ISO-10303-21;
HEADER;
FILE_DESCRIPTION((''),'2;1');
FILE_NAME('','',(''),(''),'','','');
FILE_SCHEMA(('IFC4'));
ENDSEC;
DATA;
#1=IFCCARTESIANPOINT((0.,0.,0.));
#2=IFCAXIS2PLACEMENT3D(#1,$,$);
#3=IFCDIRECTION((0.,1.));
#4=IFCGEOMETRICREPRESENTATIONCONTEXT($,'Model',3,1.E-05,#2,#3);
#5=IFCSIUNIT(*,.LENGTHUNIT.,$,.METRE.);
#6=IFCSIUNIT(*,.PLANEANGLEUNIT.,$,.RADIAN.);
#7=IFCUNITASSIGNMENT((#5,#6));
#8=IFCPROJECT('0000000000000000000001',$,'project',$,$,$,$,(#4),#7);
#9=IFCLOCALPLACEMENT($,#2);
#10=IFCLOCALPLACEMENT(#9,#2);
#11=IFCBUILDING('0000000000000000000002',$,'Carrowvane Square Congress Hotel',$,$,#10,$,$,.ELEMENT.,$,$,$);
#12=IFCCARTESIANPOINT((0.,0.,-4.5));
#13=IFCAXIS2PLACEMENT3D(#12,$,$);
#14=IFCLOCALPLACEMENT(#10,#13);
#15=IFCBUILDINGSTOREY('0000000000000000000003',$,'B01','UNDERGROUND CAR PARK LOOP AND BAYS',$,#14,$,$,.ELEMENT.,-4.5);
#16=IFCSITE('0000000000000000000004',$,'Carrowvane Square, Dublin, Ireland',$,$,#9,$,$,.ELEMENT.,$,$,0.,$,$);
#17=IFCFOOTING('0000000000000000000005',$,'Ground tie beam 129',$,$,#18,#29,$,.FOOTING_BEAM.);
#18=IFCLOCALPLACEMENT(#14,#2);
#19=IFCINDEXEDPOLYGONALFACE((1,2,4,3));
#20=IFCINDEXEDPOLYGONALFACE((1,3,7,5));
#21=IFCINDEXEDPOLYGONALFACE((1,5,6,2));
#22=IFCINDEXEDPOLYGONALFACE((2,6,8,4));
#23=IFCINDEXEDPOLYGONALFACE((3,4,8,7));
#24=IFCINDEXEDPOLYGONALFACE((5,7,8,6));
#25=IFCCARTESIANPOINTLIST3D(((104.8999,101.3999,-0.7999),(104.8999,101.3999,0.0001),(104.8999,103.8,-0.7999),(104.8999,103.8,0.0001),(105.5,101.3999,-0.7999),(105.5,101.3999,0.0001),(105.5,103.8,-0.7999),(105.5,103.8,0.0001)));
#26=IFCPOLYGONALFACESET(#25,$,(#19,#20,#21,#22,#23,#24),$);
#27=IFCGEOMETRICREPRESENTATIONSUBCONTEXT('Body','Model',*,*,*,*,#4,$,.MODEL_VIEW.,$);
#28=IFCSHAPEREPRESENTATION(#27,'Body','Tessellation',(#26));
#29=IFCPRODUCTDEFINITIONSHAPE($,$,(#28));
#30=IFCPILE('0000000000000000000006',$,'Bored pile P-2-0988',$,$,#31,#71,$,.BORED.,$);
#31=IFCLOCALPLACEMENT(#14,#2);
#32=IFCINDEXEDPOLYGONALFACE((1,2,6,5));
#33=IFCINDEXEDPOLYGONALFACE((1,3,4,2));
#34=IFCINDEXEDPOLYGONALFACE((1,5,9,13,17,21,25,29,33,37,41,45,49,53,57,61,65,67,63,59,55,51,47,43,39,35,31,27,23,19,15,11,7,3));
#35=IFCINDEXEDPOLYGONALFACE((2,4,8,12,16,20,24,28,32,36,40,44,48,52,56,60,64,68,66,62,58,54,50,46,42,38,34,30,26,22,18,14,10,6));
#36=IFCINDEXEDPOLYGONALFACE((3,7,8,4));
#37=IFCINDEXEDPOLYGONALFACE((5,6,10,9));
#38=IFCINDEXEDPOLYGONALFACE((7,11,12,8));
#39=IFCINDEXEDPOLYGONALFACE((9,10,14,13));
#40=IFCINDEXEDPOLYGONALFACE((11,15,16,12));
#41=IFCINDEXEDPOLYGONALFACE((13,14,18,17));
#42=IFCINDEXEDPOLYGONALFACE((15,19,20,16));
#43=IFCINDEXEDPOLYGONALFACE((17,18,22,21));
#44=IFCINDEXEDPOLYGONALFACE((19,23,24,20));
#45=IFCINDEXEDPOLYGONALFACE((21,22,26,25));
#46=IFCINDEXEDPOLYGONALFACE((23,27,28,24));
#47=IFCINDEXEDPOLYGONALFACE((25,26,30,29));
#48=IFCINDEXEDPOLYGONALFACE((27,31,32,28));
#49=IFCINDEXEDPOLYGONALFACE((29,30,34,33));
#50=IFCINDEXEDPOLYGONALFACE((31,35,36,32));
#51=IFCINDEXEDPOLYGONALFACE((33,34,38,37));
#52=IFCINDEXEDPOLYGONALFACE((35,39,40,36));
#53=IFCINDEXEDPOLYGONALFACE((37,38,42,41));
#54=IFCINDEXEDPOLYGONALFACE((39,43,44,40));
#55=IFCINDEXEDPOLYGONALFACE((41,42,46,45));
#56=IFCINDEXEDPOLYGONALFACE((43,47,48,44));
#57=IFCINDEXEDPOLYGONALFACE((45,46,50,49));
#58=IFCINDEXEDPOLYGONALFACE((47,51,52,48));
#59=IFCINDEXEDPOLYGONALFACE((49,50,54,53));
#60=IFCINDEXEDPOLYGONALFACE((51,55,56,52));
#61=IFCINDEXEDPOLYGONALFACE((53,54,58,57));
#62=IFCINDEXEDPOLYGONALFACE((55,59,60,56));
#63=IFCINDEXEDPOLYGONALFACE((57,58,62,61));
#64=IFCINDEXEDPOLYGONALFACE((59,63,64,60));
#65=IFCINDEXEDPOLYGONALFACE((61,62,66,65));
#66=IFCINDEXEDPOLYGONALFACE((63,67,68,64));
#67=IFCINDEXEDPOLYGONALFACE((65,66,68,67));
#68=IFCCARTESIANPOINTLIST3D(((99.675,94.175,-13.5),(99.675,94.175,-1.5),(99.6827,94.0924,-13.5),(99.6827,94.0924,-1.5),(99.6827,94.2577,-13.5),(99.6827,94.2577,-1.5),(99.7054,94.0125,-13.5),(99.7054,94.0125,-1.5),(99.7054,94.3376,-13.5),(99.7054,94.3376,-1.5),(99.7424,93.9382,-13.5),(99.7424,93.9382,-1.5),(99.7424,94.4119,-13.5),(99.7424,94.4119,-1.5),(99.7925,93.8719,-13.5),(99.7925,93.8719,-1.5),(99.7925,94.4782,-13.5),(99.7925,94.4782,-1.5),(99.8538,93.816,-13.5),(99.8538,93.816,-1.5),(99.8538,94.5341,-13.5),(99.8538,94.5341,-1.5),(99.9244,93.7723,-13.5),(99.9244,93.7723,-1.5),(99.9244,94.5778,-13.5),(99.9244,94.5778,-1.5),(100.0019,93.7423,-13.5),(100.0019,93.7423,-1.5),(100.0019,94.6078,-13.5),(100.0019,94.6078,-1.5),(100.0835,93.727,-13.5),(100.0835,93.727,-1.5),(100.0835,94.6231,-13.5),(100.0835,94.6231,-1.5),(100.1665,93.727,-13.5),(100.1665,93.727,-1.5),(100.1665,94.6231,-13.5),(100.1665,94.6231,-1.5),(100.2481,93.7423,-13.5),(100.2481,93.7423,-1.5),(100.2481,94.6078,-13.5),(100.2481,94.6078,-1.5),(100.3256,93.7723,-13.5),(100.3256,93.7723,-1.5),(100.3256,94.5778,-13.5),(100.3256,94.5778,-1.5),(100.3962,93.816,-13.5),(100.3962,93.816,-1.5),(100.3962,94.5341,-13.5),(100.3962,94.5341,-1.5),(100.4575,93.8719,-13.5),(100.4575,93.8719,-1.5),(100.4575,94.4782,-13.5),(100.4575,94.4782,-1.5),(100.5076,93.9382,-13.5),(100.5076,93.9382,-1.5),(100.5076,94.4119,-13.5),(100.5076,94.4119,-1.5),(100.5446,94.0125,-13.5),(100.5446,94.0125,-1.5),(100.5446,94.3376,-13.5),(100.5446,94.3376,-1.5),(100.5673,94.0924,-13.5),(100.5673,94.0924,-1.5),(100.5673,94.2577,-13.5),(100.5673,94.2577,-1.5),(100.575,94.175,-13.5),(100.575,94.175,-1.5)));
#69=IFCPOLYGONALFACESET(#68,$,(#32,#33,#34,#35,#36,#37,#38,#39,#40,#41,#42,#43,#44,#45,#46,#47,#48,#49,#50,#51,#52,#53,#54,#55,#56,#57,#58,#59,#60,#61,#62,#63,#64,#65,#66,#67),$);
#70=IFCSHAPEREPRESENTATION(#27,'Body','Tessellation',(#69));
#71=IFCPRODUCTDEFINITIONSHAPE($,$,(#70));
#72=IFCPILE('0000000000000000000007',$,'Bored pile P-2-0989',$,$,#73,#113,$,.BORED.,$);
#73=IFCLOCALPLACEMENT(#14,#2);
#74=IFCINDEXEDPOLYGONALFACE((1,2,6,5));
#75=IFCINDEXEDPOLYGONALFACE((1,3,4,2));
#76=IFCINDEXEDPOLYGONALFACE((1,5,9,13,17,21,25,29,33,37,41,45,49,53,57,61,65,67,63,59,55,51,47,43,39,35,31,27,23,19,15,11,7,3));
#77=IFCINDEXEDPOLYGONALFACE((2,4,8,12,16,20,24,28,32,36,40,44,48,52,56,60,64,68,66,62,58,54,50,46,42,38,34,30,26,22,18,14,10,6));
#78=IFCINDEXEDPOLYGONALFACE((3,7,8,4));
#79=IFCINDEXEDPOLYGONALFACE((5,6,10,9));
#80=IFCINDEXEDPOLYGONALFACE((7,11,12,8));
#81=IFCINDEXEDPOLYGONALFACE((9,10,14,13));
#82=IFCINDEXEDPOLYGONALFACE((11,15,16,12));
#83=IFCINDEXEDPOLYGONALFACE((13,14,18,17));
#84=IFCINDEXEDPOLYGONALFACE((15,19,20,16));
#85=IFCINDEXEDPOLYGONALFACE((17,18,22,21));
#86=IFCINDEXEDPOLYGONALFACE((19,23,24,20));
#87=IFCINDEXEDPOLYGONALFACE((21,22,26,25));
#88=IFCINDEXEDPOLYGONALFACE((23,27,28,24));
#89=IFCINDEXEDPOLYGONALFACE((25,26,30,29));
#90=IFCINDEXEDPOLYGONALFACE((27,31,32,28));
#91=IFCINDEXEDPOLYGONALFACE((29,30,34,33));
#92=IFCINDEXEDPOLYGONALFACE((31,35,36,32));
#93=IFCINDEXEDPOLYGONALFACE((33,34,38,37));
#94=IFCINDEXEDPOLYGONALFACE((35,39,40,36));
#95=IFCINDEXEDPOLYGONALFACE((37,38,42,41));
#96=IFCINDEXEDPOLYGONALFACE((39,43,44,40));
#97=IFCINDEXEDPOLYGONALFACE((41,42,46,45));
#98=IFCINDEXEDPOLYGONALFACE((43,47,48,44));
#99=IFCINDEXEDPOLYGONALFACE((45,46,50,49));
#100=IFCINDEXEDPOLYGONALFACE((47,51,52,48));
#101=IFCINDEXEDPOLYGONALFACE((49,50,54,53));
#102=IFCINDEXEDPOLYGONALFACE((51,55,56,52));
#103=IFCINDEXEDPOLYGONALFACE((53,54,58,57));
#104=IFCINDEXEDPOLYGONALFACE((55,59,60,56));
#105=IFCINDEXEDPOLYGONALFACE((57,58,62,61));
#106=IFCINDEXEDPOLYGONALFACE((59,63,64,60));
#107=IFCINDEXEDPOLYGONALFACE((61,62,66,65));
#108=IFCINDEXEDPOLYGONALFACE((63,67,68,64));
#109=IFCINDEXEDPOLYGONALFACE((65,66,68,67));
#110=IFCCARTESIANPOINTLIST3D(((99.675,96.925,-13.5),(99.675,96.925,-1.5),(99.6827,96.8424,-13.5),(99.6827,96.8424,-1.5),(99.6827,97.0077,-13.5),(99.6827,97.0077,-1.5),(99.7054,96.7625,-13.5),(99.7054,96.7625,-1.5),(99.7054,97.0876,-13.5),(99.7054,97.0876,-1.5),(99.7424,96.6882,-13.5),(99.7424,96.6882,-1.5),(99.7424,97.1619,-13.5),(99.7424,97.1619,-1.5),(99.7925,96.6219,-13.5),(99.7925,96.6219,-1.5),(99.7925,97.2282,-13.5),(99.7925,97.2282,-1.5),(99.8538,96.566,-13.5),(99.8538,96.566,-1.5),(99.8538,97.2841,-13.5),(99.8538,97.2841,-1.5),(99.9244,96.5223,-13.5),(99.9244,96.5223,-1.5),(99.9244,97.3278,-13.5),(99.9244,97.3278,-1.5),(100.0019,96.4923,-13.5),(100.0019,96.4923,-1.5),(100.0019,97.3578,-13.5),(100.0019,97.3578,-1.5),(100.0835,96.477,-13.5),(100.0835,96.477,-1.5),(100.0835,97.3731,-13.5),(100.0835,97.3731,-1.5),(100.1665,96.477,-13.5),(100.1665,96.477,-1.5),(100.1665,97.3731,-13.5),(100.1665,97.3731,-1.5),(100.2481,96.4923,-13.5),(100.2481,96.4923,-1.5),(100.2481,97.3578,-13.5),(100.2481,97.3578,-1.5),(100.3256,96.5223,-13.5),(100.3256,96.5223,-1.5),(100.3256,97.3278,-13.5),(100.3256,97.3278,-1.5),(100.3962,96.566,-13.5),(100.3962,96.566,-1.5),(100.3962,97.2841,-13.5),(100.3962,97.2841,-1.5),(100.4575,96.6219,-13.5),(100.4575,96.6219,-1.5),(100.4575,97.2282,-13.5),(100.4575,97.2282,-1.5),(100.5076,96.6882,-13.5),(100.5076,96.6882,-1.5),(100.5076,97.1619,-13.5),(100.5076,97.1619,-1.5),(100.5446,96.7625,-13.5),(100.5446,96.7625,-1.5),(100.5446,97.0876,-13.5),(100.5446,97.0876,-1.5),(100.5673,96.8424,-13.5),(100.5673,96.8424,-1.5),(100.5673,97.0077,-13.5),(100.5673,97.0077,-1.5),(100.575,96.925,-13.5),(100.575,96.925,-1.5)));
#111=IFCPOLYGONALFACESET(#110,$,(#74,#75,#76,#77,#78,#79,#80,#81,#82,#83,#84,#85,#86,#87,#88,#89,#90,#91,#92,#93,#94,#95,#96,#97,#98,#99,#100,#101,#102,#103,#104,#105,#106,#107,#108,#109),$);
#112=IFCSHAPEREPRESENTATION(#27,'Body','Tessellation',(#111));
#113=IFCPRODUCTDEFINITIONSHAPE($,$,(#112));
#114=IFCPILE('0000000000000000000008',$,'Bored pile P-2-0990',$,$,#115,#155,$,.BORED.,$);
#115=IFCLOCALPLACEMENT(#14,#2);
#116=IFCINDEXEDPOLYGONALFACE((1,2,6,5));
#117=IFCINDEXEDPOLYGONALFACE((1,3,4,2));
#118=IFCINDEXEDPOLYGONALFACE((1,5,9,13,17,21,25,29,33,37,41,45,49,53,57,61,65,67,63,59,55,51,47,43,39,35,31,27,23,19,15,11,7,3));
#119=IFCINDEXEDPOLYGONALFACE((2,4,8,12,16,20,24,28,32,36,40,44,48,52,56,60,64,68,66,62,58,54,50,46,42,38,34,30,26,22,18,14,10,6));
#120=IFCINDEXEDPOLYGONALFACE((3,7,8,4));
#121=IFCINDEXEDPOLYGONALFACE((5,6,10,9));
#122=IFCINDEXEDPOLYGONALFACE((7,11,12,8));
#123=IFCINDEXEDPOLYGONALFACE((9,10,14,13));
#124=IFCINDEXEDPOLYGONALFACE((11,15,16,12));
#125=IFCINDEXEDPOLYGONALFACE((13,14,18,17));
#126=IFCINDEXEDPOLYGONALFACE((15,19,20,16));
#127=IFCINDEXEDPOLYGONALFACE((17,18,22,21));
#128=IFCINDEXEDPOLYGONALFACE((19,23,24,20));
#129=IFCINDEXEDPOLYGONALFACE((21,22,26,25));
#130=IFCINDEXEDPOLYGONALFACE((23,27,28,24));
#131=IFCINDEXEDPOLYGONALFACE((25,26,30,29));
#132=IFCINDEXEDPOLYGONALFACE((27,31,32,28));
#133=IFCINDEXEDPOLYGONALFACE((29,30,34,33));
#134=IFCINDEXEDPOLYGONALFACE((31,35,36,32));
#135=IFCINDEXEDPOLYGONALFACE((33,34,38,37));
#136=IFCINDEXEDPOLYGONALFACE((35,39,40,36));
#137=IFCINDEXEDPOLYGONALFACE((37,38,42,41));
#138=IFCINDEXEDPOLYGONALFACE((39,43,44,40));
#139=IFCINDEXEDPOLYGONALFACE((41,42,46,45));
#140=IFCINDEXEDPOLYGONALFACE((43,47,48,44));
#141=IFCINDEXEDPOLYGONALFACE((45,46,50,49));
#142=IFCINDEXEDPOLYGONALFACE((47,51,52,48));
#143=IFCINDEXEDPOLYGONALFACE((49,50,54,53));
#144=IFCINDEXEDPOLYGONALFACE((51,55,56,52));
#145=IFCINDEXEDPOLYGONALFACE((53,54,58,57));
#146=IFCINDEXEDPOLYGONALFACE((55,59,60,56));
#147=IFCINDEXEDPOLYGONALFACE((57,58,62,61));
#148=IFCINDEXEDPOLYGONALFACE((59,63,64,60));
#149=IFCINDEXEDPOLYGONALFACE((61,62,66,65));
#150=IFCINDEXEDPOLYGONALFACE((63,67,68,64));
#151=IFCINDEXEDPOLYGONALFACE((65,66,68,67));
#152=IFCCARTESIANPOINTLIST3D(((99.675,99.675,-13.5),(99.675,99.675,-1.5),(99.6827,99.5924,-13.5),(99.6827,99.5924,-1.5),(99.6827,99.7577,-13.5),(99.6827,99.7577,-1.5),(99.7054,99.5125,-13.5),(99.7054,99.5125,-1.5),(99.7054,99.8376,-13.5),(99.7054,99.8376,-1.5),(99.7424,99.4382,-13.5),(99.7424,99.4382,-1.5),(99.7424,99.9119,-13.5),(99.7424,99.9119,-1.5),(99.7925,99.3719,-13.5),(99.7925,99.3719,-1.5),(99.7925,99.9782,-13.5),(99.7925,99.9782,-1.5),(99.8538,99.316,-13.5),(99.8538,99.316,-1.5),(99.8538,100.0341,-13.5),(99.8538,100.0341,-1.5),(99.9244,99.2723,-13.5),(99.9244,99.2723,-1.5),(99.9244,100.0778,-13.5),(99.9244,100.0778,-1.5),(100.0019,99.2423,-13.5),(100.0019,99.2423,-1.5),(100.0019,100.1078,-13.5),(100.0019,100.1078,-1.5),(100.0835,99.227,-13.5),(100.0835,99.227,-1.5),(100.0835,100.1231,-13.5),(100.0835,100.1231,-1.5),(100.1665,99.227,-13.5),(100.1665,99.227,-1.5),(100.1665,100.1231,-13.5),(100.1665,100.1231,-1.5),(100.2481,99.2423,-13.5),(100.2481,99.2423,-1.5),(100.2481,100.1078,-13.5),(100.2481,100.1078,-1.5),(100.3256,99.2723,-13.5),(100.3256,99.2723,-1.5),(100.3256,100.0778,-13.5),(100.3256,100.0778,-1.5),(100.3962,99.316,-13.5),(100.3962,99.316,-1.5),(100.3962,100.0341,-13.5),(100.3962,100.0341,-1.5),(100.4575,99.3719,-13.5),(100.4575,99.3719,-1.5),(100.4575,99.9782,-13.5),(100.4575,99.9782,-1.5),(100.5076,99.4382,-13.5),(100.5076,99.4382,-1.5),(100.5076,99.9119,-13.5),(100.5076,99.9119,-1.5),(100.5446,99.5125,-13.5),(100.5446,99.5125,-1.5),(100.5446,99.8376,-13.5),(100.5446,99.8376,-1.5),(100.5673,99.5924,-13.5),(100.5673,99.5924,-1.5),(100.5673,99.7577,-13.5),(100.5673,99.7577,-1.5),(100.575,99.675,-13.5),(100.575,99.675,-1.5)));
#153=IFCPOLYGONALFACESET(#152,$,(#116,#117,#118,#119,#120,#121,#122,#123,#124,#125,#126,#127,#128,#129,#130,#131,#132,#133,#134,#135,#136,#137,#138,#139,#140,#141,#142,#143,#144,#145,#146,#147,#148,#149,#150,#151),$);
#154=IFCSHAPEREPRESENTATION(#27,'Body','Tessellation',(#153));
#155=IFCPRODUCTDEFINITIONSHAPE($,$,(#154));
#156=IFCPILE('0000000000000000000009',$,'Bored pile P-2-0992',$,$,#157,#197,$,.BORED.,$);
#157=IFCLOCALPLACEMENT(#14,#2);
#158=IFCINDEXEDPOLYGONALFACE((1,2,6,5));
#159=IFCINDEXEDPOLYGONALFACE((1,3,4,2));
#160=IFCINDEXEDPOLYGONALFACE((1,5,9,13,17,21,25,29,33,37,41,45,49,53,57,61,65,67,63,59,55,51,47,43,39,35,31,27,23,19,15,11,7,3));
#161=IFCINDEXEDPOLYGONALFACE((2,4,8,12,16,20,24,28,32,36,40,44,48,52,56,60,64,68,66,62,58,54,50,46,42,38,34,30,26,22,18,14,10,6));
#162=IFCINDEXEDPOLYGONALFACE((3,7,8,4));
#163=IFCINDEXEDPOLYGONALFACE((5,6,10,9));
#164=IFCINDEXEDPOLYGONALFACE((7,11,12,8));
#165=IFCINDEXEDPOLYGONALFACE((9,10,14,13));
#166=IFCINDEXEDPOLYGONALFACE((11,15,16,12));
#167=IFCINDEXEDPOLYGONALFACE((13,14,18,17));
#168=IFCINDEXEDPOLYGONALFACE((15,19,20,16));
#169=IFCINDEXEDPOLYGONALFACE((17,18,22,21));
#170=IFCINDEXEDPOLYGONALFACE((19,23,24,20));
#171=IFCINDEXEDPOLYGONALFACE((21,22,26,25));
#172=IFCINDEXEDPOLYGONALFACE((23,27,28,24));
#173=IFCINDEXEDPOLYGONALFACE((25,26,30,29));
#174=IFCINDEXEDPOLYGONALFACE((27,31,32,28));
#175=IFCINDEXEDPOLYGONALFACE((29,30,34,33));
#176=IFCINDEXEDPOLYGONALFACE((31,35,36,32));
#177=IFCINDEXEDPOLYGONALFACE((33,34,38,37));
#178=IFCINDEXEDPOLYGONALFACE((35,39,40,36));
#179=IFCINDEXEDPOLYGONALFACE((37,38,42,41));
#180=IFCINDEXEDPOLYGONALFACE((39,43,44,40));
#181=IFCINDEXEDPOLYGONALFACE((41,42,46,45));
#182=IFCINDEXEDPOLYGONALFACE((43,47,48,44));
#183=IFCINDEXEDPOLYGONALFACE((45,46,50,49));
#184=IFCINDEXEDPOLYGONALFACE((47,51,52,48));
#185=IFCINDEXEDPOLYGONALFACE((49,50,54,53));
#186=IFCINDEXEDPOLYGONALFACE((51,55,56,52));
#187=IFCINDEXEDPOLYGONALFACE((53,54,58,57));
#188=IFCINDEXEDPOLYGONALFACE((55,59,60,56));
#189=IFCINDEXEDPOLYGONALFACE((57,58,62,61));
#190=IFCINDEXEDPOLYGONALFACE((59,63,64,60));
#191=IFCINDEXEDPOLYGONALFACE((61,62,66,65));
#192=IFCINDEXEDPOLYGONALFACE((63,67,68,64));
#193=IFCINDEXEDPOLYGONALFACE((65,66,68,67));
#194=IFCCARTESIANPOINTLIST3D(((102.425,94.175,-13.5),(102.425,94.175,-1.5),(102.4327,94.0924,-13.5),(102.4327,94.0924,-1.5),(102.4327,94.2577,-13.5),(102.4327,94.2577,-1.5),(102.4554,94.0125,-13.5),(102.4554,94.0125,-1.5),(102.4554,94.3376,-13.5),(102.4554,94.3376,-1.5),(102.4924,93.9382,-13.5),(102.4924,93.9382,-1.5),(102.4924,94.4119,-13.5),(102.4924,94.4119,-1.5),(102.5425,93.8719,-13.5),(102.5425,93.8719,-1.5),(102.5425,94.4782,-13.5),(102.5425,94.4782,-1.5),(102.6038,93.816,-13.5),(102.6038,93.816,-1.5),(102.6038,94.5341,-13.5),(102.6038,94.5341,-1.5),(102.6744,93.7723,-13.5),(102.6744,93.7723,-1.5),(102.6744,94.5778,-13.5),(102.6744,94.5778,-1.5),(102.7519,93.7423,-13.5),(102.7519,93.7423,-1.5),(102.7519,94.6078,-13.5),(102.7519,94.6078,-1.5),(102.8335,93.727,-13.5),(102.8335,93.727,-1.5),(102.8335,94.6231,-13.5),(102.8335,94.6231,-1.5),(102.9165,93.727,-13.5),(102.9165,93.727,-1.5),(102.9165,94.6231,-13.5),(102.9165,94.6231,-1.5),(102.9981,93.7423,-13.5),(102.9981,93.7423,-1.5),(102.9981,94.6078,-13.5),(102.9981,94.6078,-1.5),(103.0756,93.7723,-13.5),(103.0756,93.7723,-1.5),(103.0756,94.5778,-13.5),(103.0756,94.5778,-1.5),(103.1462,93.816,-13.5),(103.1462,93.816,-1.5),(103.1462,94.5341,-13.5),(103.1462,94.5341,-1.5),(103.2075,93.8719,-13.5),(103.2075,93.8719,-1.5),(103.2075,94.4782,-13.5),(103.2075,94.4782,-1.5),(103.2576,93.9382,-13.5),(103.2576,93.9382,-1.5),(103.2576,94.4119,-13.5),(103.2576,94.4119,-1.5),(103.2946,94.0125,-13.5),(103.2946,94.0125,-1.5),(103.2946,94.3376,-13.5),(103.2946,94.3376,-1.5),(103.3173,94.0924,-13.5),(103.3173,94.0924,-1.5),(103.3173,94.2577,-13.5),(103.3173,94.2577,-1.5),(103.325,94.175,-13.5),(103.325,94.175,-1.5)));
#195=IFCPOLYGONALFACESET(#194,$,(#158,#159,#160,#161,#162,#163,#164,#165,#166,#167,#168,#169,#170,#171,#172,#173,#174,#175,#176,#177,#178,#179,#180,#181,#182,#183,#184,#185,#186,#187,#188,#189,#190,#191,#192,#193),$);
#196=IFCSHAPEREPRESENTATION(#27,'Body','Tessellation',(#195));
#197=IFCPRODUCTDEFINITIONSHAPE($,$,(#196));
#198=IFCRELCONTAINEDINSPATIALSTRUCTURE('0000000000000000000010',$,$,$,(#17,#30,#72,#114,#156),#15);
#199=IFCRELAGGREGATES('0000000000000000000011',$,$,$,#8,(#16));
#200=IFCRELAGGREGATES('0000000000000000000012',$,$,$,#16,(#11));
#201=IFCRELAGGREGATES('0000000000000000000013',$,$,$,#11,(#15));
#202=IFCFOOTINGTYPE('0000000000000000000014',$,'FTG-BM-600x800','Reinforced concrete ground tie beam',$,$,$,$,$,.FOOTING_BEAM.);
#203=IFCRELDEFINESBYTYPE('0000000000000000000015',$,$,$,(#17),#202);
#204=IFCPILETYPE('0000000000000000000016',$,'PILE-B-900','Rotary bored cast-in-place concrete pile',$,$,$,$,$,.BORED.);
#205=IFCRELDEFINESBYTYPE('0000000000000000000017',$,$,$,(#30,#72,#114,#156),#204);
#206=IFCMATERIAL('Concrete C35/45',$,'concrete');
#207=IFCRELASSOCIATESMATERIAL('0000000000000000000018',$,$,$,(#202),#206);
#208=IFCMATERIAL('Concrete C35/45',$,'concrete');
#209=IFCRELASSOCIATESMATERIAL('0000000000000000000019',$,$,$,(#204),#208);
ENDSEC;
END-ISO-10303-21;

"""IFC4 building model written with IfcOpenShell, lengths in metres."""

from ifc_helpers import new_model, si_unit, direction, frame, origin, origin_2d, place, context, subcontext, project, spatial, rectangle, circle, extrude, material, material_profile, profile_set, type_object, element, save


model = new_model("IFC4")

# Units and contexts
model_context = context("Model", 3, precision=1e-05, world=origin(), true_north=direction((0.0, 1.0)))
body_context = subcontext(model_context, "Body", "Model", "MODEL_VIEW")
ifc_project = project(units=[si_unit("LENGTHUNIT", "METRE"), si_unit("PLANEANGLEUNIT", "RADIAN")], contexts=[model_context])

# Site, building, storey
site_placement = place(None, origin())
site = spatial("IfcSite", under=ifc_project, at=site_placement, Name="Carrowvane Square, Dublin, Ireland", CompositionType="ELEMENT", RefElevation=0.0)
building_placement = place(site_placement, origin())
building = spatial("IfcBuilding", under=site, at=building_placement, Name="Carrowvane Square Congress Hotel", CompositionType="ELEMENT")
storey_placement = place(building_placement, frame((0.0, 0.0, -4.5)))
storey = spatial("IfcBuildingStorey", under=building, at=storey_placement, Name="B01", Description="UNDERGROUND CAR PARK LOOP AND BAYS", CompositionType="ELEMENT", Elevation=-4.5)

# Footing
ifc_material_1 = material(Name="Concrete C35/45", Category="concrete")
ifc_material_profile_1 = material_profile(ifc_material_1, rectangle(XDim=0.6001, YDim=0.8, at=origin_2d()), Name="RC 600x800")
ifc_profile_set_1 = profile_set([ifc_material_profile_1], Name="Concrete C35/45")
footing_type = type_object("IfcFootingType", Name="FTG-BM-600x800", Description="Reinforced concrete ground tie beam", PredefinedType="FOOTING_BEAM", material=ifc_profile_set_1)
footing_placement = place(storey_placement, frame((105.2, 101.3999, -0.3999), z_axis=(0.0, 1.0, 0.0), x_axis=(-1.0, 0.0, 0.0)))
element("IfcFooting", 1, at=footing_placement, inside=storey, type_object=footing_type, Name="Ground tie beam 129", PredefinedType="FOOTING_BEAM", context=body_context, shape_type="SweptSolid", body=[
    extrude(rectangle(XDim=0.6001, YDim=0.8, at=origin_2d()), origin(), (0.0, 0.0, 1.0), 2.4001),
])

# Piles
ifc_material_2 = material(Name="Concrete C35/45", Category="concrete")
ifc_material_profile_2 = material_profile(ifc_material_2, circle(Radius=0.45, at=origin_2d()), Name="PILE D900")
ifc_profile_set_2 = profile_set([ifc_material_profile_2], Name="Concrete C35/45")
pile_type = type_object("IfcPileType", Name="PILE-B-900", Description="Rotary bored cast-in-place concrete pile", PredefinedType="BORED", material=ifc_profile_set_2)
for number, where, z_axis, x_axis, name in (
    (2, (100.125, 94.175, -1.5), (0.0, 0.0, -1.0), (1.0, 0.0, 0.0), "Bored pile P-2-0988"),
    (3, (100.125, 96.925, -1.5), (0.0, 0.0, -1.0), (1.0, 0.0, 0.0), "Bored pile P-2-0989"),
    (4, (100.125, 99.675, -1.5), (0.0, 0.0, -1.0), (1.0, 0.0, 0.0), "Bored pile P-2-0990"),
    (5, (102.875, 94.175, -1.5), (0.0, 0.0, -1.0), (1.0, 0.0, 0.0), "Bored pile P-2-0992"),
):
    element("IfcPile", number, at=place(storey_placement, frame(where, z_axis=z_axis, x_axis=x_axis)), inside=storey, type_object=pile_type, Name=name, PredefinedType="BORED", context=body_context, shape_type="SweptSolid", body=[
        extrude(circle(Radius=0.45, at=origin_2d()), origin(), (0.0, 0.0, 1.0), 12.0),
    ])

save(model, "model.ifc")
